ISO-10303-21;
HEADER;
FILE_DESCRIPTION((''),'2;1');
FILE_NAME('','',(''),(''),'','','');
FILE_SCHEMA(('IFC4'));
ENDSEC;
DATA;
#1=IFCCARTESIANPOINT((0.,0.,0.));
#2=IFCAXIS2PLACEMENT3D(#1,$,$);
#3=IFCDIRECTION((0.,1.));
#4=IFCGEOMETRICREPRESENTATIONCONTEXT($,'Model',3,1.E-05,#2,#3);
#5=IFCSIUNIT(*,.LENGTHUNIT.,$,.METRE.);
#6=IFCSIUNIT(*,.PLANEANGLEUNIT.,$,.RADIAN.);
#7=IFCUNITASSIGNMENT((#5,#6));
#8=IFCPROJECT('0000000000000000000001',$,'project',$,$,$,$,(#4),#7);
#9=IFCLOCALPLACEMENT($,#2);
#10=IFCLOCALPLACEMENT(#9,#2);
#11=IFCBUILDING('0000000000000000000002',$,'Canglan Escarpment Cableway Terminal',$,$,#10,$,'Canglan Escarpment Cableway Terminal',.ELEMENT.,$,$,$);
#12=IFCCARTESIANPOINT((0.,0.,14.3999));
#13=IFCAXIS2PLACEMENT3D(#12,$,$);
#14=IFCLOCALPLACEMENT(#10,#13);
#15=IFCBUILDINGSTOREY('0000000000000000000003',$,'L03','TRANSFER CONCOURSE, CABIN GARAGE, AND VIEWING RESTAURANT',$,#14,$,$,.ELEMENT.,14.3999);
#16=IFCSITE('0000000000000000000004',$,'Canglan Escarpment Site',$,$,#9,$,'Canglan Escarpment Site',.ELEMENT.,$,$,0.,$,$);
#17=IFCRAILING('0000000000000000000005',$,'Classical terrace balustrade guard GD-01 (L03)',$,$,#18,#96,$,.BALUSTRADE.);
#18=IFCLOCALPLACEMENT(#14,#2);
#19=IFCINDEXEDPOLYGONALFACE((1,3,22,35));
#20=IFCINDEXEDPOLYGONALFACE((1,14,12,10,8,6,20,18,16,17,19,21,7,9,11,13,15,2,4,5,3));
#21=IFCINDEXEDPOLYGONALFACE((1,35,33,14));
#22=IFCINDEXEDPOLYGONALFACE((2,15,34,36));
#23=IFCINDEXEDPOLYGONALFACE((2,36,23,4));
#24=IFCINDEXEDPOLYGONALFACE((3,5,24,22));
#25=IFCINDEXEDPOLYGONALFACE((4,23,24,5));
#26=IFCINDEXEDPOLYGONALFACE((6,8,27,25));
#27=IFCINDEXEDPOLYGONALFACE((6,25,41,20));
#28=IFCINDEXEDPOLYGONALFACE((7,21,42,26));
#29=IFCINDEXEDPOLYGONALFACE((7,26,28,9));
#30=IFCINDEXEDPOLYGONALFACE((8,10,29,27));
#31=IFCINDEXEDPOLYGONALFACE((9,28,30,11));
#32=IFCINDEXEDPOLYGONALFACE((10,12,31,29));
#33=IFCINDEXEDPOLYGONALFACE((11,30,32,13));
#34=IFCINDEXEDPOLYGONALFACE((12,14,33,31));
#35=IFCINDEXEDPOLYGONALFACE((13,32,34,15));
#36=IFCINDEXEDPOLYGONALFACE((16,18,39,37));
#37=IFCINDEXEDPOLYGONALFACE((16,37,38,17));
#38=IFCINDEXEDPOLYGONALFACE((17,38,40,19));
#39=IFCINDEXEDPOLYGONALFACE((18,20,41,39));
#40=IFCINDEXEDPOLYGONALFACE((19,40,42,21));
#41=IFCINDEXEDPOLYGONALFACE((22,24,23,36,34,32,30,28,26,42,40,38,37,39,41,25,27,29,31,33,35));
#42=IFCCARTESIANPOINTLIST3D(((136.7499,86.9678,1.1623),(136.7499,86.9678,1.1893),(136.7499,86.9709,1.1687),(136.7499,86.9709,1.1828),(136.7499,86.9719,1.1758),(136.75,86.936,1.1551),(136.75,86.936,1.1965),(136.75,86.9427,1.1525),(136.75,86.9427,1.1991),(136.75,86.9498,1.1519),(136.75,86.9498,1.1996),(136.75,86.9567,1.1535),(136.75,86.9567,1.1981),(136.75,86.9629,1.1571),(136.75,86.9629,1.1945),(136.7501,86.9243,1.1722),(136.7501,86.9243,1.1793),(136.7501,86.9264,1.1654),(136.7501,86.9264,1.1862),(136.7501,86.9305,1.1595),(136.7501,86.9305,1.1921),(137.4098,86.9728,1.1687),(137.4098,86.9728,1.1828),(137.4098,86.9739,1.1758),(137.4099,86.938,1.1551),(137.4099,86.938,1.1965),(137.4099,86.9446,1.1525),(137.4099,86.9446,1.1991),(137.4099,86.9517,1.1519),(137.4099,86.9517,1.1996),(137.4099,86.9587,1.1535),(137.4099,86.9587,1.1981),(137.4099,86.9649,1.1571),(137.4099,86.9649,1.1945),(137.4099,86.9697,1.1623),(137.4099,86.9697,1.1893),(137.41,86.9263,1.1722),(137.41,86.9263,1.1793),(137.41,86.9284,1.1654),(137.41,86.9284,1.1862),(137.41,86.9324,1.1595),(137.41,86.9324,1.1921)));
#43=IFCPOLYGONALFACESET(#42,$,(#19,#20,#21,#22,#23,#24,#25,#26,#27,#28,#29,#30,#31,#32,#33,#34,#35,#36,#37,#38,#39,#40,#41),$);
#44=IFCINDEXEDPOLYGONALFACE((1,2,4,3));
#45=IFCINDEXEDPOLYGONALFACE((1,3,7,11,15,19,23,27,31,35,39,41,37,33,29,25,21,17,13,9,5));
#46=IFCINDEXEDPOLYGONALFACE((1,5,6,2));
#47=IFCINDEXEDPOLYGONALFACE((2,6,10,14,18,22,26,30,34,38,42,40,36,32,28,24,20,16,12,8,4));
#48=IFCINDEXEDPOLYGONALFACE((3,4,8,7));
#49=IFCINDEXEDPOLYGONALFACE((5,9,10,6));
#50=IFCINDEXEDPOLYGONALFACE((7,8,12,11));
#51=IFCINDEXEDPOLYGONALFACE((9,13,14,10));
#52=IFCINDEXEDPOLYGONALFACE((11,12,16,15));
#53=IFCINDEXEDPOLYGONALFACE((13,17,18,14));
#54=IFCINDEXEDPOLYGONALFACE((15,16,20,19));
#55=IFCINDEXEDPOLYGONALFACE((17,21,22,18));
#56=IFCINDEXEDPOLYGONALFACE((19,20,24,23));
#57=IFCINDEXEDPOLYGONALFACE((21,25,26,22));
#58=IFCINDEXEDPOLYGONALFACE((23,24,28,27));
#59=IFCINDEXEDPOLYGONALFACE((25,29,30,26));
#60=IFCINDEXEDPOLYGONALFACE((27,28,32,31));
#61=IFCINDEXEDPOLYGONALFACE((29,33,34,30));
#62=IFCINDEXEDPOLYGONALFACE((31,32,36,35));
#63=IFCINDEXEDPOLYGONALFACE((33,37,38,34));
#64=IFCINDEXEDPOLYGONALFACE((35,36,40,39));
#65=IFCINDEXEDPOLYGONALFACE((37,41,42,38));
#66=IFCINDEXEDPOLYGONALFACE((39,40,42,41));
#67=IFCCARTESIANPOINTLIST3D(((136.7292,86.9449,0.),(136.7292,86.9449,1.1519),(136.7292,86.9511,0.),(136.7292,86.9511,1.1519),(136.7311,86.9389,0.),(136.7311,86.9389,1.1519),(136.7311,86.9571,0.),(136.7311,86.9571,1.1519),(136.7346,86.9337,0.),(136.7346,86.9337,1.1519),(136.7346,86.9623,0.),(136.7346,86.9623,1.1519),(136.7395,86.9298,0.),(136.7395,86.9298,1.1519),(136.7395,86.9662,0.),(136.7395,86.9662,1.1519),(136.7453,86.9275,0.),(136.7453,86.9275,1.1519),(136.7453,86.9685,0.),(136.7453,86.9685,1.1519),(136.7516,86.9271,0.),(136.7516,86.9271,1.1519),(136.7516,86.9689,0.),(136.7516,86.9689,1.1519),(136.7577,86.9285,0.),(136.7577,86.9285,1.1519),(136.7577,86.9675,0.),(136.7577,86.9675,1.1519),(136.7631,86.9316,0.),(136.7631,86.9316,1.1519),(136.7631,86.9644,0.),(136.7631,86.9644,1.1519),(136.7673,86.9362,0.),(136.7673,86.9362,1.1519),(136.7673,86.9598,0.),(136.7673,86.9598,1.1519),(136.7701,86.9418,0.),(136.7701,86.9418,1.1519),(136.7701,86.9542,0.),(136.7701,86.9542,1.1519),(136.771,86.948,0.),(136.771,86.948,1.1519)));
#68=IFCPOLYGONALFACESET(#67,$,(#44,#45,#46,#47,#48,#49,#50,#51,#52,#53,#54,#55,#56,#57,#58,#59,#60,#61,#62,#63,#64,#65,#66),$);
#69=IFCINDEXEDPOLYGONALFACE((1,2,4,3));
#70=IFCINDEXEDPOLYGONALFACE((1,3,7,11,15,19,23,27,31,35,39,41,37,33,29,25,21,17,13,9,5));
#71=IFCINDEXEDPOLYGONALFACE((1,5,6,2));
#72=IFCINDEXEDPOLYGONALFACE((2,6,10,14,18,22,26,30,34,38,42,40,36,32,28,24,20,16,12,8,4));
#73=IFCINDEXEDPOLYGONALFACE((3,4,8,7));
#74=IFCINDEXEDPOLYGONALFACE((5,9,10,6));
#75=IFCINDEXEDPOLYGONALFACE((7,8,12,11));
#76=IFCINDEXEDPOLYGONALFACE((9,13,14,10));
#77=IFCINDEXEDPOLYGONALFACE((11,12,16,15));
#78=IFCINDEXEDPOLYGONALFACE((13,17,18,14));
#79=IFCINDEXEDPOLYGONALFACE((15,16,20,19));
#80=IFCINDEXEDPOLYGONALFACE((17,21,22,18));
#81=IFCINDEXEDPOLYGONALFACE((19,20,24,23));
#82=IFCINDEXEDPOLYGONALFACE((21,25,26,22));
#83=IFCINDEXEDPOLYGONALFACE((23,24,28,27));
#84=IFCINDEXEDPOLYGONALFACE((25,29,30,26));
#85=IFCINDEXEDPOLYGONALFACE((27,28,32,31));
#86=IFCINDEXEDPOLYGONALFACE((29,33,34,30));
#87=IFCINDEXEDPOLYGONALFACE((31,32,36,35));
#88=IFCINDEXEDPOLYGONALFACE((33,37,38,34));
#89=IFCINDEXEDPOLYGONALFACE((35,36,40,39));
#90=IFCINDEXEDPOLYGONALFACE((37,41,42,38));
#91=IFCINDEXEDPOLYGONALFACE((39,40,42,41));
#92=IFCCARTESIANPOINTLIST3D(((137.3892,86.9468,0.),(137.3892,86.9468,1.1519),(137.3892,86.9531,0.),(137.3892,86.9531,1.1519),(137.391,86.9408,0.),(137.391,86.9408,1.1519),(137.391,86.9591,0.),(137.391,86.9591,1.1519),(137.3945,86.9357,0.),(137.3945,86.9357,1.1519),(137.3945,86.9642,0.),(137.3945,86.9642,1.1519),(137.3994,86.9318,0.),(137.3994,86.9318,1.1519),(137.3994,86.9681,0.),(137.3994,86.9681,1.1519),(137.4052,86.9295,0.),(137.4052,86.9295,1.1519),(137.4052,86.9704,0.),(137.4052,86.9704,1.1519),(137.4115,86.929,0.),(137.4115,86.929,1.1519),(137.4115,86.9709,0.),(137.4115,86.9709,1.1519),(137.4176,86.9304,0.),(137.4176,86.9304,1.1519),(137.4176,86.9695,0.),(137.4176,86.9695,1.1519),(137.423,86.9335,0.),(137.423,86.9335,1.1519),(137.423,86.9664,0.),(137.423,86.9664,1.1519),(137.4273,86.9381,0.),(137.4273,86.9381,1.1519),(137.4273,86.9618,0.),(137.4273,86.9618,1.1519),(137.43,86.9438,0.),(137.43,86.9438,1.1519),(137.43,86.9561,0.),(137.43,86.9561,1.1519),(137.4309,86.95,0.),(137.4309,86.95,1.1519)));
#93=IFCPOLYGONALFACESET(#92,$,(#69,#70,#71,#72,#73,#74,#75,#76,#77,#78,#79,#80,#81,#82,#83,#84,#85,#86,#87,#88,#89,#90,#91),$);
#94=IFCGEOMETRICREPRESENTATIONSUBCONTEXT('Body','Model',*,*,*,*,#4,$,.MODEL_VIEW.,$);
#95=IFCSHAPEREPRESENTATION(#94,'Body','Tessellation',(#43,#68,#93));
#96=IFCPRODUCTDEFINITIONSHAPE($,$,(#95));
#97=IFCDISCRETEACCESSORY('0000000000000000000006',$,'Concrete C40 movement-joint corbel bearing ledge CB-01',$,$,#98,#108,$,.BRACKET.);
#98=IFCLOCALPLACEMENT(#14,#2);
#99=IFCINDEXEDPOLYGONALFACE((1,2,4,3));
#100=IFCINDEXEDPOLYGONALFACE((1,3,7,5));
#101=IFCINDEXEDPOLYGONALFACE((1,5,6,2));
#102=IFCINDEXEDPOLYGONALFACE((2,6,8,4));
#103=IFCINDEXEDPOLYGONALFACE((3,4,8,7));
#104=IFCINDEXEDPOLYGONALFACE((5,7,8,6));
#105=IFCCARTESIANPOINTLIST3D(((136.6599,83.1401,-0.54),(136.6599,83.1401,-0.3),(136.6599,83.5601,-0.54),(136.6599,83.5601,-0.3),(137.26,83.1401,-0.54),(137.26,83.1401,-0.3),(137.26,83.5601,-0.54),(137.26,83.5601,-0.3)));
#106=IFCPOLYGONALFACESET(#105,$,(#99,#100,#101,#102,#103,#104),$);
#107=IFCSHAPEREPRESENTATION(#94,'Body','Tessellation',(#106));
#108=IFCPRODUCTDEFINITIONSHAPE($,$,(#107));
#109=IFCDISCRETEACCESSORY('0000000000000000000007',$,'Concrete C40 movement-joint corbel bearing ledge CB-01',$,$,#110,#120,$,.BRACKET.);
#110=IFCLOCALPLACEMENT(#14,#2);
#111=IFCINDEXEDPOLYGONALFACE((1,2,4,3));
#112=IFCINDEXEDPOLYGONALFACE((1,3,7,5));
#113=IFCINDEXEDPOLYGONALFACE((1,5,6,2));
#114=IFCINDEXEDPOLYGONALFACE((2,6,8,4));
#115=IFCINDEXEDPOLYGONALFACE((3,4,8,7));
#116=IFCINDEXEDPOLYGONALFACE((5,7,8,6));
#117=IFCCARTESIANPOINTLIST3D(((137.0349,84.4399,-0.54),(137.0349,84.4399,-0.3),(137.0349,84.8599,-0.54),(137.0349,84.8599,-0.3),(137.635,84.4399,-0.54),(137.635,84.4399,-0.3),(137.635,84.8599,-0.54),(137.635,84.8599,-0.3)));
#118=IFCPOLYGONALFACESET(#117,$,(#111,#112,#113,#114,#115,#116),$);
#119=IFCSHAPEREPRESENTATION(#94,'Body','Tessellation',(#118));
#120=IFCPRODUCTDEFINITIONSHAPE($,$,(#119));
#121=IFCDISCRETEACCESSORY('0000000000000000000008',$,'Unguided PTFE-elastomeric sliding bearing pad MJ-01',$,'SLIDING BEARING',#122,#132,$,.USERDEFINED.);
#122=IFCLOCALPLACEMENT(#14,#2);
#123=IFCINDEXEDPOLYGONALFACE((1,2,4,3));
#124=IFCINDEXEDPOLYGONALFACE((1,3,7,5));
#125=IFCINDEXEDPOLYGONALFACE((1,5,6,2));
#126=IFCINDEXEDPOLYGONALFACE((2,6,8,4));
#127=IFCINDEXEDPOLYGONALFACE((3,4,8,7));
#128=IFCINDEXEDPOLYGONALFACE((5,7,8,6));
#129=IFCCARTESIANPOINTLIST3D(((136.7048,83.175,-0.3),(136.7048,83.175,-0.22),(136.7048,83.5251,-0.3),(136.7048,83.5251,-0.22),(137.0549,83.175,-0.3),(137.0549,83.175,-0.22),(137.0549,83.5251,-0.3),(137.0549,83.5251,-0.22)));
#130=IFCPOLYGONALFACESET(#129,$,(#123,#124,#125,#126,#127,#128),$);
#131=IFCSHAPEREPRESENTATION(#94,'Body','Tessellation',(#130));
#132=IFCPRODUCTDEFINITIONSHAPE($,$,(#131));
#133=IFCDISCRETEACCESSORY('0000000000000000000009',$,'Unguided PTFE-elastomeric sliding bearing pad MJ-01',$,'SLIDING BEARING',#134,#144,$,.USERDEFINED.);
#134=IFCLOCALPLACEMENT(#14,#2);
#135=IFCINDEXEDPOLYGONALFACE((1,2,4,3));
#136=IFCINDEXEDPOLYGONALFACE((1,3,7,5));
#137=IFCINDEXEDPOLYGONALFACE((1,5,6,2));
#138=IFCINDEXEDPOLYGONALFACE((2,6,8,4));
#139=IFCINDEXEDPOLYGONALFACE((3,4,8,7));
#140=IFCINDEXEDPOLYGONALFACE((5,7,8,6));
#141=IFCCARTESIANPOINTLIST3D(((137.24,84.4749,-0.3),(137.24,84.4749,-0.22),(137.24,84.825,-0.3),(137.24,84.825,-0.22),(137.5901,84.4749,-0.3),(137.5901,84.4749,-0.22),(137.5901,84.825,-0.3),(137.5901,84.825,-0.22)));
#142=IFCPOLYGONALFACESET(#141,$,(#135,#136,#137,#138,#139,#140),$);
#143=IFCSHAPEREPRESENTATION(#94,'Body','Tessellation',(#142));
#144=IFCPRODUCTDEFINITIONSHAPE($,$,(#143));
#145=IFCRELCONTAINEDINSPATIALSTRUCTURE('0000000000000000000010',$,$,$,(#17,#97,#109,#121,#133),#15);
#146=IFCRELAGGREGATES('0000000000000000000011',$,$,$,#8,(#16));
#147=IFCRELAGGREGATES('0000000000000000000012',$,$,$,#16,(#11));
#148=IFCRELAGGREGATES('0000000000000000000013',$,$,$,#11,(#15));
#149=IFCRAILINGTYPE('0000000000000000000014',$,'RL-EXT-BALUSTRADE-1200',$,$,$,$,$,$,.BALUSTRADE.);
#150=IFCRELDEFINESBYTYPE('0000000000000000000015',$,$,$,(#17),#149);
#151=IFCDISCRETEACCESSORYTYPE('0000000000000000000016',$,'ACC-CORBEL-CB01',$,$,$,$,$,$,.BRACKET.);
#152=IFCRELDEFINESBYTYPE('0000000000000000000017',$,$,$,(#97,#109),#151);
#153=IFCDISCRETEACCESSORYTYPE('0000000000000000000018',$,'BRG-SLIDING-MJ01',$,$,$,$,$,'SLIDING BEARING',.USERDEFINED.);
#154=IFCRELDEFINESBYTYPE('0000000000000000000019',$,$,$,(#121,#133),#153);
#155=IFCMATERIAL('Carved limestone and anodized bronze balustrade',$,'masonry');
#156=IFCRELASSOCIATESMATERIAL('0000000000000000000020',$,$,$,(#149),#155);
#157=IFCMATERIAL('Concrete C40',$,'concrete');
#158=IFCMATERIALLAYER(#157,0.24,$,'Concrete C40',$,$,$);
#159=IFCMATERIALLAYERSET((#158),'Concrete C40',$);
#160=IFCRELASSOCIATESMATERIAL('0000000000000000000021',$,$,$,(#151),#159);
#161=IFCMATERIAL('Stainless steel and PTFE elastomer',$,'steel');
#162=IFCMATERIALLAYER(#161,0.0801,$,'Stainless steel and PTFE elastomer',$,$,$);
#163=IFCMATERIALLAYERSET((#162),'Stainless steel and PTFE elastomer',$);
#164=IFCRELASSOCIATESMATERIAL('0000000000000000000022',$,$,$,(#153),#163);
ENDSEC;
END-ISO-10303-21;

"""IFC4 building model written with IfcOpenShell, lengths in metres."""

from ifc_helpers import new_model, si_unit, direction, frame, origin, origin_2d, place, context, subcontext, project, spatial, rectangle, circle, extrude, material, layer, layer_set, type_object, element, save


model = new_model("IFC4")

# Units and contexts
model_context = context("Model", 3, precision=1e-05, world=origin(), true_north=direction((0.0, 1.0)))
body_context = subcontext(model_context, "Body", "Model", "MODEL_VIEW")
ifc_project = project(units=[si_unit("LENGTHUNIT", "METRE"), si_unit("PLANEANGLEUNIT", "RADIAN")], contexts=[model_context])

# Site, building, storey
site_placement = place(None, origin())
site = spatial("IfcSite", under=ifc_project, at=site_placement, Name="Canglan Escarpment Site", LongName="Canglan Escarpment Site", CompositionType="ELEMENT", RefElevation=0.0)
building_placement = place(site_placement, origin())
building = spatial("IfcBuilding", under=site, at=building_placement, Name="Canglan Escarpment Cableway Terminal", LongName="Canglan Escarpment Cableway Terminal", CompositionType="ELEMENT")
storey_placement = place(building_placement, frame((0.0, 0.0, 14.3999)))
storey = spatial("IfcBuildingStorey", under=building, at=storey_placement, Name="L03", Description="TRANSFER CONCOURSE, CABIN GARAGE, AND VIEWING RESTAURANT", CompositionType="ELEMENT", Elevation=14.3999)

# Shared definitions
ifc_material_1 = material(Name="Concrete C40", Category="concrete")

# Railing
ifc_material_2 = material(Name="Carved limestone and anodized bronze balustrade", Category="masonry")
railing_type = type_object("IfcRailingType", Name="RL-EXT-BALUSTRADE-1200", PredefinedType="BALUSTRADE", material=ifc_material_2)
railing_1_placement = place(storey_placement, frame((136.75, 86.948, 0.0)))
element("IfcRailing", 1, at=railing_1_placement, inside=storey, type_object=railing_type, Name="Classical terrace balustrade guard GD-01 (L03)", PredefinedType="BALUSTRADE", context=body_context, shape_type="SweptSolid", body=[
    extrude(circle(Radius=0.0239, at=origin_2d()), frame((0.0, 0.0, 1.1758), z_axis=(0.999996, 0.00296, 0.0), x_axis=(-0.00296, 0.999996, 0.0)), (0.0, 0.0, 1.0), 0.6599),
    extrude(circle(Radius=0.021, at=origin_2d()), origin(), (0.0, 0.0, 1.0), 1.1519),
    extrude(circle(Radius=0.021, at=origin_2d()), frame((0.6599, 0.002, 0.0)), (0.0, 0.0, 1.0), 1.1519),
])

# Discrete accessories
ifc_layer_1 = layer(ifc_material_1, 0.24, Name="Concrete C40")
ifc_layer_set_1 = layer_set([ifc_layer_1], Name="Concrete C40")
discrete_accessory_type_1 = type_object("IfcDiscreteAccessoryType", Name="ACC-CORBEL-CB01", PredefinedType="BRACKET", material=ifc_layer_set_1)
for number, where, z_axis, x_axis, name in (
    (2, (136.96, 83.3501, -0.54), (0.0, 0.0, 1.0), (1.0, 0.0, 0.0), "Concrete C40 movement-joint corbel bearing ledge CB-01"),
    (3, (137.335, 84.6499, -0.54), (0.0, 0.0, 1.0), (1.0, 0.0, 0.0), "Concrete C40 movement-joint corbel bearing ledge CB-01"),
):
    element("IfcDiscreteAccessory", number, at=place(storey_placement, frame(where, z_axis=z_axis, x_axis=x_axis)), inside=storey, type_object=discrete_accessory_type_1, Name=name, PredefinedType="BRACKET", context=body_context, shape_type="SweptSolid", body=[
        extrude(rectangle(XDim=0.6001, YDim=0.4199, at=origin_2d()), origin(), (0.0, 0.0, 1.0), 0.24),
    ])
ifc_material_3 = material(Name="Stainless steel and PTFE elastomer", Category="steel")
ifc_layer_2 = layer(ifc_material_3, 0.0801, Name="Stainless steel and PTFE elastomer")
ifc_layer_set_2 = layer_set([ifc_layer_2], Name="Stainless steel and PTFE elastomer")
discrete_accessory_type_2 = type_object("IfcDiscreteAccessoryType", Name="BRG-SLIDING-MJ01", ElementType="SLIDING BEARING", PredefinedType="USERDEFINED", material=ifc_layer_set_2)
for number, where, z_axis, x_axis, name in (
    (4, (136.8799, 83.3501, -0.3), (0.0, 0.0, 1.0), (1.0, 0.0, 0.0), "Unguided PTFE-elastomeric sliding bearing pad MJ-01"),
    (5, (137.415, 84.6499, -0.3), (0.0, 0.0, 1.0), (1.0, 0.0, 0.0), "Unguided PTFE-elastomeric sliding bearing pad MJ-01"),
):
    element("IfcDiscreteAccessory", number, at=place(storey_placement, frame(where, z_axis=z_axis, x_axis=x_axis)), inside=storey, type_object=discrete_accessory_type_2, Name=name, ObjectType="SLIDING BEARING", PredefinedType="USERDEFINED", context=body_context, shape_type="SweptSolid", body=[
        extrude(rectangle(XDim=0.3501, YDim=0.3501, at=origin_2d()), origin(), (0.0, 0.0, 1.0), 0.0801),
    ])

save(model, "model.ifc")
